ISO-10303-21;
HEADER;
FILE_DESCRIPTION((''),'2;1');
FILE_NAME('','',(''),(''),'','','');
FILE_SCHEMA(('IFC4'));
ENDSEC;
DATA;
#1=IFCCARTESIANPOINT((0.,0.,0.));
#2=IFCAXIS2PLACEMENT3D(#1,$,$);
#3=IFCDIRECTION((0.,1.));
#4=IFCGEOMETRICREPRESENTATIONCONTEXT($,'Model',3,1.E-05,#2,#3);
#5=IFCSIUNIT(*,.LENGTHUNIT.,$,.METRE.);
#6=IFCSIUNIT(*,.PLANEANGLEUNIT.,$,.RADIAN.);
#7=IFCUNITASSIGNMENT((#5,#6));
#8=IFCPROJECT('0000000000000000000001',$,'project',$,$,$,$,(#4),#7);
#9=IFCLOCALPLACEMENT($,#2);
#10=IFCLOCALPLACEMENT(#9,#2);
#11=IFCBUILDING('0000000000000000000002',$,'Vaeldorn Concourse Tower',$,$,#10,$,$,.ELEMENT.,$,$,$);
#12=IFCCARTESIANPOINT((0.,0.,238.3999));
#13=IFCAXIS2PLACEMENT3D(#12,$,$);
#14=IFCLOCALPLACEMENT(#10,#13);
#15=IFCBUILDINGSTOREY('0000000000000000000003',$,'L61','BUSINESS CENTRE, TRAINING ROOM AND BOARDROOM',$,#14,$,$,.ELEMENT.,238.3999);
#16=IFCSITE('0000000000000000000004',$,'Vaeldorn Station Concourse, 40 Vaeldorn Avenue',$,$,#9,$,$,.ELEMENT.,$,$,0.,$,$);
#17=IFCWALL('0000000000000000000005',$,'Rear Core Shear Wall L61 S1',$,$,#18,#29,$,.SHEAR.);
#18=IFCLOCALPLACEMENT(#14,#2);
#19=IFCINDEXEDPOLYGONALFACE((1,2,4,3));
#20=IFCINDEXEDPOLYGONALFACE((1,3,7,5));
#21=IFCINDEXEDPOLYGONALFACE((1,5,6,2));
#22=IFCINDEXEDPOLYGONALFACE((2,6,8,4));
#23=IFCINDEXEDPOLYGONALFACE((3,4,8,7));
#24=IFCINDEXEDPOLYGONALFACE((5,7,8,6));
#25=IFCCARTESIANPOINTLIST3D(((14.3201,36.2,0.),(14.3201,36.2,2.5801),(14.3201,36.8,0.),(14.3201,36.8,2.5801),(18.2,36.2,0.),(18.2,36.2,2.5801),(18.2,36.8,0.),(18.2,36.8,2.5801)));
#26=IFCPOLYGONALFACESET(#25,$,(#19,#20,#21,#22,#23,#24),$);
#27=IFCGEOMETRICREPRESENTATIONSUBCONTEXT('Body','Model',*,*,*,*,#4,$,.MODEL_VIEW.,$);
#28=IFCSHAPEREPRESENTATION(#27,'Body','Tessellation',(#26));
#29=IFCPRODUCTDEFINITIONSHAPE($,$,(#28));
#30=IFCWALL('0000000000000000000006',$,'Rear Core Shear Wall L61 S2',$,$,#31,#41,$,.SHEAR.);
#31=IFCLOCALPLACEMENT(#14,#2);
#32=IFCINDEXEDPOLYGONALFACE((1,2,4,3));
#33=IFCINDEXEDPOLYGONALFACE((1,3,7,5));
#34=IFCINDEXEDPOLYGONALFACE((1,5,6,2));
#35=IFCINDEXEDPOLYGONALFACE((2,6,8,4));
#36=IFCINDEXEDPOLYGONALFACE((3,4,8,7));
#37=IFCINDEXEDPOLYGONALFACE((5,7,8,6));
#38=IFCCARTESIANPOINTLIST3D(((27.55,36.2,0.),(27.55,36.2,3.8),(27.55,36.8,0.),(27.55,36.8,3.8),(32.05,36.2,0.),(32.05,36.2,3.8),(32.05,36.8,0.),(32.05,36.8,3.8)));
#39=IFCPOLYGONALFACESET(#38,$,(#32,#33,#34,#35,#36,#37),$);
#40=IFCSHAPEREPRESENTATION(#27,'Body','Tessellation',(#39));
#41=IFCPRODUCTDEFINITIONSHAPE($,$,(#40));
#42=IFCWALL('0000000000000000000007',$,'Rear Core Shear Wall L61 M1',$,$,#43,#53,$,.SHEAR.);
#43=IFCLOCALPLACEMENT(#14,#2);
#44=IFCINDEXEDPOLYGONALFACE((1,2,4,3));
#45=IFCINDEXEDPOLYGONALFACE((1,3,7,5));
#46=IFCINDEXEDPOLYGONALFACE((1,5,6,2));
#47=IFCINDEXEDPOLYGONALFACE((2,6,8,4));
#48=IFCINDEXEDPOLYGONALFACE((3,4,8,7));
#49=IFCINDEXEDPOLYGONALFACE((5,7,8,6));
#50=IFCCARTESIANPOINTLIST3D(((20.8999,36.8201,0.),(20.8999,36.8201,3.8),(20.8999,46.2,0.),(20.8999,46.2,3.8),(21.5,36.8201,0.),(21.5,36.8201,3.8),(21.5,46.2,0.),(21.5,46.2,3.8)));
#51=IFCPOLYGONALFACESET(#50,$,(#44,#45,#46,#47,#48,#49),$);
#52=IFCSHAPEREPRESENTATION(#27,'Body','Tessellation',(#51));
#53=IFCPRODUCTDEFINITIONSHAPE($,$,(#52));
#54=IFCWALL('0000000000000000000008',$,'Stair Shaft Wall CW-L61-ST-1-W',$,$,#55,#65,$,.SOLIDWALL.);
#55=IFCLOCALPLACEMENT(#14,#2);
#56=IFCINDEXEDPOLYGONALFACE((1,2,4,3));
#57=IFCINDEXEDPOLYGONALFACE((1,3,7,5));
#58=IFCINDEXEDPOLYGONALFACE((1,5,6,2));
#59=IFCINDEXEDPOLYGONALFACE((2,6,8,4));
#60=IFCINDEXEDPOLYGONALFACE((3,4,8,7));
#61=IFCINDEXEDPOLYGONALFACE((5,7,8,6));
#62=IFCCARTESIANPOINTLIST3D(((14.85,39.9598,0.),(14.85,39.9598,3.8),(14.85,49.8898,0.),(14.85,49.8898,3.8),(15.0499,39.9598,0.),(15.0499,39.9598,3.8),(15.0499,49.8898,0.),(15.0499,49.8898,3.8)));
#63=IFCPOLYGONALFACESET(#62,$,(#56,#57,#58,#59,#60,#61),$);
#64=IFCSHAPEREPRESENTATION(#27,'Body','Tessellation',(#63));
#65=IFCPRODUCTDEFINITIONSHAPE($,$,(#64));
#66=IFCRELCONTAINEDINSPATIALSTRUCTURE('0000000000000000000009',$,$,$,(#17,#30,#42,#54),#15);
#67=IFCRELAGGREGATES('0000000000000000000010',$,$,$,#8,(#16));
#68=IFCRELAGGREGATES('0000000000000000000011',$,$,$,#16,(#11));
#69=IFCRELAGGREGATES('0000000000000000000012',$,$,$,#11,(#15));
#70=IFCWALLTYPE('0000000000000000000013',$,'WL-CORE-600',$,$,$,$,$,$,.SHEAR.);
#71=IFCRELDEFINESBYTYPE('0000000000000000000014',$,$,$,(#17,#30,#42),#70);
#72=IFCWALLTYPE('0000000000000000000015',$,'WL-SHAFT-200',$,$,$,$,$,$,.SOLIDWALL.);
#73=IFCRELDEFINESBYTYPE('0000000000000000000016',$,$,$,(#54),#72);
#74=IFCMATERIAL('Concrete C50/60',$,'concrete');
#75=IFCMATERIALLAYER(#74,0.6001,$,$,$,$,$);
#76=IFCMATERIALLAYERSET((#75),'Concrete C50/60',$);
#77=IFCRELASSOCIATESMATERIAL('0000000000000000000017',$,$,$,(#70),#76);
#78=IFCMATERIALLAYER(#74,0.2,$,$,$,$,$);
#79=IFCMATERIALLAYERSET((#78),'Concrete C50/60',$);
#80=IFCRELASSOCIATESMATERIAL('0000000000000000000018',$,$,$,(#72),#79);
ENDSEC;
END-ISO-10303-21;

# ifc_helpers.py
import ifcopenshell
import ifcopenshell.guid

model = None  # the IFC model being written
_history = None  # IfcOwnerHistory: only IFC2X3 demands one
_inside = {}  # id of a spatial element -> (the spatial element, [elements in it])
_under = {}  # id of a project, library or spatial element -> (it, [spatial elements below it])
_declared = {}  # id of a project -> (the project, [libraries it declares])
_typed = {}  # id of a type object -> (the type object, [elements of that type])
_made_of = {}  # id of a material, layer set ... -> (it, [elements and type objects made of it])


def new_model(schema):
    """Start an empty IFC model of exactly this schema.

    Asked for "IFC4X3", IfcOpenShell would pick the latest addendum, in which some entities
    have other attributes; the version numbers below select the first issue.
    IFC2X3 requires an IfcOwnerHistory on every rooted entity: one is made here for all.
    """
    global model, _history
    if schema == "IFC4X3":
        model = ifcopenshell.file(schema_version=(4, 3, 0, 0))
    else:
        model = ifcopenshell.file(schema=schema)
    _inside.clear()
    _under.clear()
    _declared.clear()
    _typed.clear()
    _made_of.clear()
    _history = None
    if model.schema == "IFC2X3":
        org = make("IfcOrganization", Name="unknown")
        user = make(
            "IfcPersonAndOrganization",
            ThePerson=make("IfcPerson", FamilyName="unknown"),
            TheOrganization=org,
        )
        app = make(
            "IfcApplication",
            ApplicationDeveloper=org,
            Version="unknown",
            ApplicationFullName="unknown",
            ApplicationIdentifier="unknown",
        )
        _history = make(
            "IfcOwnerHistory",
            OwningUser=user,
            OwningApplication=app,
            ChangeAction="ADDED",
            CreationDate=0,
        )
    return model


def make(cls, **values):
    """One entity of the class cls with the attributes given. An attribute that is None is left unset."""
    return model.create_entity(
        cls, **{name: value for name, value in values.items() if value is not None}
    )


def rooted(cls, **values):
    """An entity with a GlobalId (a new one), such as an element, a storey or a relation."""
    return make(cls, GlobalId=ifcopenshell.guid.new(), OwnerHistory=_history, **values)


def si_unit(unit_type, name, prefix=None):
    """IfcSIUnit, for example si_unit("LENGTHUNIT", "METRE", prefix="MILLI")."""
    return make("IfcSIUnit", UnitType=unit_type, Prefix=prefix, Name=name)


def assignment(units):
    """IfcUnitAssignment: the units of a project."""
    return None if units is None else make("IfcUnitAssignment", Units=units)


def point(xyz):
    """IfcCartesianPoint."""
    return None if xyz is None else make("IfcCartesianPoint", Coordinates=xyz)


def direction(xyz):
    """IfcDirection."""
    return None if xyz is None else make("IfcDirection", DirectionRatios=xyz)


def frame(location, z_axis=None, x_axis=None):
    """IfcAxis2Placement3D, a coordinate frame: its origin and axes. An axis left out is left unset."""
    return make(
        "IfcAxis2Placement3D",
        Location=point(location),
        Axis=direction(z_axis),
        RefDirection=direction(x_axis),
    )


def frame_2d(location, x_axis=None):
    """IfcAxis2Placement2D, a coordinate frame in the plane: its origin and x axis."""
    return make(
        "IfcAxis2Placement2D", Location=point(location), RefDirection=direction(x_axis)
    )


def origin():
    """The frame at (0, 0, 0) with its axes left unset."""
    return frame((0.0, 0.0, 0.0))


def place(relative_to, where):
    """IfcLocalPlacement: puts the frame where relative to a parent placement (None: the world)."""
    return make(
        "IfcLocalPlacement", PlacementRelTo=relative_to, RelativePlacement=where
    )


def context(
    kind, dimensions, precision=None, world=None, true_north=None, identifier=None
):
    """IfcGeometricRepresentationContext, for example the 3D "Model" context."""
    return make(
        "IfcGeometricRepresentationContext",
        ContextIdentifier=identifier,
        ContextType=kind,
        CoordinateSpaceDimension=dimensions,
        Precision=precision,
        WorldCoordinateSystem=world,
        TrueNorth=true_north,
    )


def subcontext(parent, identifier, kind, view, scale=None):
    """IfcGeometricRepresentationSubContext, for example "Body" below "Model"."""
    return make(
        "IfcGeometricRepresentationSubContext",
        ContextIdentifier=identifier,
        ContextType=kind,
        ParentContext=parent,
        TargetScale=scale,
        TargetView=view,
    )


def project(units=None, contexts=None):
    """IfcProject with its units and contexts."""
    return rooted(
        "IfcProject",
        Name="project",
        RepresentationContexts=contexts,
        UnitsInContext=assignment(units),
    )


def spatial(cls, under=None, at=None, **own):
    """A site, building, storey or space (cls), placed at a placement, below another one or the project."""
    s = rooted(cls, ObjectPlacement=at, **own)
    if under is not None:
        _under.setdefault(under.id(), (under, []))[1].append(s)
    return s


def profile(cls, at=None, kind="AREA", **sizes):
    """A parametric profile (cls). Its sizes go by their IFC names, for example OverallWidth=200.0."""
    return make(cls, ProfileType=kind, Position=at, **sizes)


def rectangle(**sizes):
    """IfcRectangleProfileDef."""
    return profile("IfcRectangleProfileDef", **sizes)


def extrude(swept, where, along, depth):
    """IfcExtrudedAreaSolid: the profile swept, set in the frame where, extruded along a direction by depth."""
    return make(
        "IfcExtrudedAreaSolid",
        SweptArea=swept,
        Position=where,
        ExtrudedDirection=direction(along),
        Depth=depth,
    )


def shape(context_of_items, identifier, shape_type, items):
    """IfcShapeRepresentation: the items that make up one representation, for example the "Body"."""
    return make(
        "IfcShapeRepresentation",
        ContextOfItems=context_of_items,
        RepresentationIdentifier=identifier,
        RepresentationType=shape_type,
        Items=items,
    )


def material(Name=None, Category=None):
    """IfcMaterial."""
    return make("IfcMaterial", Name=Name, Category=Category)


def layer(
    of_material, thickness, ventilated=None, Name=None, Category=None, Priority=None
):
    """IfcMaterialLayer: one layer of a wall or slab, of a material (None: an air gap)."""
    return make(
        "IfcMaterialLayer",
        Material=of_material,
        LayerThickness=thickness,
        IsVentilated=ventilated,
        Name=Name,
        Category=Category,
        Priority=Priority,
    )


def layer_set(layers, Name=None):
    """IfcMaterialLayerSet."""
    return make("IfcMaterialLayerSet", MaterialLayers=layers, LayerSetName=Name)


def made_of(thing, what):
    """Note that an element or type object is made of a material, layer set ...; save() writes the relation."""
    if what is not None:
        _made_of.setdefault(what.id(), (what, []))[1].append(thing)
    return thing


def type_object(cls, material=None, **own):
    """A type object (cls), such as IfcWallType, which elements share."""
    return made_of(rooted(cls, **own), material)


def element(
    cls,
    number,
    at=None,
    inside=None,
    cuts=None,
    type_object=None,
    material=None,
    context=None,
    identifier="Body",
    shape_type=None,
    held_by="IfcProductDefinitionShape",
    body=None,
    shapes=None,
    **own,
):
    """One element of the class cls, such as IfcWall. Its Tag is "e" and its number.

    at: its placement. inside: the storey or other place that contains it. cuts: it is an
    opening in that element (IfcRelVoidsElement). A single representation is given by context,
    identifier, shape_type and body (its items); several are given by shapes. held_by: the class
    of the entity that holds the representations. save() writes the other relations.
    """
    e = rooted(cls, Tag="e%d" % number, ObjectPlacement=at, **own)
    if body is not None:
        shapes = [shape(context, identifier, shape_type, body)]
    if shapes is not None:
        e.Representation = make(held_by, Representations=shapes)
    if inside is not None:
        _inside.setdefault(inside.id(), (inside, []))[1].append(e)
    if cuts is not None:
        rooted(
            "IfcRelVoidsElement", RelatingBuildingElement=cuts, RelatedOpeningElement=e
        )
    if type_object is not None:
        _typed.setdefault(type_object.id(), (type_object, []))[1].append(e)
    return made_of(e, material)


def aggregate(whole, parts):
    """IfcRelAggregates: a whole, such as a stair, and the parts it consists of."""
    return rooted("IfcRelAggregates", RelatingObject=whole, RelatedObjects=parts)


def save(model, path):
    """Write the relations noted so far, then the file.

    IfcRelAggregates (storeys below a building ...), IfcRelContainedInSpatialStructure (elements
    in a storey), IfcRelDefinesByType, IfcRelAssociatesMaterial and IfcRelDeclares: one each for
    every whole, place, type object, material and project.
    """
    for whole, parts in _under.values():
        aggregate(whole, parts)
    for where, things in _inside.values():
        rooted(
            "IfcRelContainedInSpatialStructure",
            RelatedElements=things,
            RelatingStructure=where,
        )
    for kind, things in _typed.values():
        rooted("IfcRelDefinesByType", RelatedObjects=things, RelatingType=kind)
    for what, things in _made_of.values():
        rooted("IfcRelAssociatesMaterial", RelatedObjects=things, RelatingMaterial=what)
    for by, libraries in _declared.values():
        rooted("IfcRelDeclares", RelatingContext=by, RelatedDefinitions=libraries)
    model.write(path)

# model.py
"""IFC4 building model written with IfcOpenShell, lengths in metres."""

from ifc_helpers import new_model, si_unit, direction, frame, frame_2d, origin, place, context, subcontext, project, spatial, rectangle, extrude, material, layer, layer_set, type_object, element, save


model = new_model("IFC4")

# Units and contexts
model_context = context("Model", 3, precision=1e-05, world=origin(), true_north=direction((0.0, 1.0)))
body_context = subcontext(model_context, "Body", "Model", "MODEL_VIEW")
ifc_project = project(units=[si_unit("LENGTHUNIT", "METRE"), si_unit("PLANEANGLEUNIT", "RADIAN")], contexts=[model_context])

# Site, building, storey
site_placement = place(None, origin())
site = spatial("IfcSite", under=ifc_project, at=site_placement, Name="Vaeldorn Station Concourse, 40 Vaeldorn Avenue", CompositionType="ELEMENT", RefElevation=0.0)
building_placement = place(site_placement, origin())
building = spatial("IfcBuilding", under=site, at=building_placement, Name="Vaeldorn Concourse Tower", CompositionType="ELEMENT")
storey_placement = place(building_placement, frame((0.0, 0.0, 238.3999)))
storey = spatial("IfcBuildingStorey", under=building, at=storey_placement, Name="L61", Description="BUSINESS CENTRE, TRAINING ROOM AND BOARDROOM", CompositionType="ELEMENT", Elevation=238.3999)

# Shared definitions
ifc_material_1 = material(Name="Concrete C50/60", Category="concrete")

# Walls
ifc_layer_1 = layer(ifc_material_1, 0.6001)
ifc_layer_set_1 = layer_set([ifc_layer_1], Name="Concrete C50/60")
wall_type_1 = type_object("IfcWallType", Name="WL-CORE-600", PredefinedType="SHEAR", material=ifc_layer_set_1)
wall_1_placement = place(storey_placement, frame((14.3201, 36.5, 0.0), z_axis=(0.0, 0.0, 1.0), x_axis=(1.0, 0.0, 0.0)))
element("IfcWall", 1, at=wall_1_placement, inside=storey, type_object=wall_type_1, Name="Rear Core Shear Wall L61 S1", PredefinedType="SHEAR", context=body_context, shape_type="SweptSolid", body=[
    extrude(rectangle(XDim=3.8799, YDim=0.6001, at=frame_2d((1.9399, 0.0))), origin(), (0.0, 0.0, 1.0), 2.5801),
])
wall_2_placement = place(storey_placement, frame((27.55, 36.5, 0.0), z_axis=(0.0, 0.0, 1.0), x_axis=(1.0, 0.0, 0.0)))
element("IfcWall", 2, at=wall_2_placement, inside=storey, type_object=wall_type_1, Name="Rear Core Shear Wall L61 S2", PredefinedType="SHEAR", context=body_context, shape_type="SweptSolid", body=[
    extrude(rectangle(XDim=4.5, YDim=0.6001, at=frame_2d((2.25, 0.0))), origin(), (0.0, 0.0, 1.0), 3.8),
])
wall_3_placement = place(storey_placement, frame((21.2, 36.8201, 0.0), z_axis=(0.0, 0.0, 1.0), x_axis=(0.0, 1.0, 0.0)))
element("IfcWall", 3, at=wall_3_placement, inside=storey, type_object=wall_type_1, Name="Rear Core Shear Wall L61 M1", PredefinedType="SHEAR", context=body_context, shape_type="SweptSolid", body=[
    extrude(rectangle(XDim=9.3799, YDim=0.6001, at=frame_2d((4.6899, 0.0))), origin(), (0.0, 0.0, 1.0), 3.8),
])

# Shared definitions
ifc_layer_2 = layer(ifc_material_1, 0.2)
ifc_layer_set_2 = layer_set([ifc_layer_2], Name="Concrete C50/60")
wall_type_2 = type_object("IfcWallType", Name="WL-SHAFT-200", PredefinedType="SOLIDWALL", material=ifc_layer_set_2)

# Wall
wall_4_placement = place(storey_placement, frame((14.95, 39.96, 0.0), z_axis=(0.0, 0.0, 1.0), x_axis=(0.0, 1.0, 0.0)))
element("IfcWall", 4, at=wall_4_placement, inside=storey, type_object=wall_type_2, Name="Stair Shaft Wall CW-L61-ST-1-W", PredefinedType="SOLIDWALL", context=body_context, shape_type="SweptSolid", body=[
    extrude(rectangle(XDim=9.9299, YDim=0.2, at=frame_2d((4.9648, 0.0))), origin(), (0.0, 0.0, 1.0), 3.8),
])

save(model, "model.ifc")
